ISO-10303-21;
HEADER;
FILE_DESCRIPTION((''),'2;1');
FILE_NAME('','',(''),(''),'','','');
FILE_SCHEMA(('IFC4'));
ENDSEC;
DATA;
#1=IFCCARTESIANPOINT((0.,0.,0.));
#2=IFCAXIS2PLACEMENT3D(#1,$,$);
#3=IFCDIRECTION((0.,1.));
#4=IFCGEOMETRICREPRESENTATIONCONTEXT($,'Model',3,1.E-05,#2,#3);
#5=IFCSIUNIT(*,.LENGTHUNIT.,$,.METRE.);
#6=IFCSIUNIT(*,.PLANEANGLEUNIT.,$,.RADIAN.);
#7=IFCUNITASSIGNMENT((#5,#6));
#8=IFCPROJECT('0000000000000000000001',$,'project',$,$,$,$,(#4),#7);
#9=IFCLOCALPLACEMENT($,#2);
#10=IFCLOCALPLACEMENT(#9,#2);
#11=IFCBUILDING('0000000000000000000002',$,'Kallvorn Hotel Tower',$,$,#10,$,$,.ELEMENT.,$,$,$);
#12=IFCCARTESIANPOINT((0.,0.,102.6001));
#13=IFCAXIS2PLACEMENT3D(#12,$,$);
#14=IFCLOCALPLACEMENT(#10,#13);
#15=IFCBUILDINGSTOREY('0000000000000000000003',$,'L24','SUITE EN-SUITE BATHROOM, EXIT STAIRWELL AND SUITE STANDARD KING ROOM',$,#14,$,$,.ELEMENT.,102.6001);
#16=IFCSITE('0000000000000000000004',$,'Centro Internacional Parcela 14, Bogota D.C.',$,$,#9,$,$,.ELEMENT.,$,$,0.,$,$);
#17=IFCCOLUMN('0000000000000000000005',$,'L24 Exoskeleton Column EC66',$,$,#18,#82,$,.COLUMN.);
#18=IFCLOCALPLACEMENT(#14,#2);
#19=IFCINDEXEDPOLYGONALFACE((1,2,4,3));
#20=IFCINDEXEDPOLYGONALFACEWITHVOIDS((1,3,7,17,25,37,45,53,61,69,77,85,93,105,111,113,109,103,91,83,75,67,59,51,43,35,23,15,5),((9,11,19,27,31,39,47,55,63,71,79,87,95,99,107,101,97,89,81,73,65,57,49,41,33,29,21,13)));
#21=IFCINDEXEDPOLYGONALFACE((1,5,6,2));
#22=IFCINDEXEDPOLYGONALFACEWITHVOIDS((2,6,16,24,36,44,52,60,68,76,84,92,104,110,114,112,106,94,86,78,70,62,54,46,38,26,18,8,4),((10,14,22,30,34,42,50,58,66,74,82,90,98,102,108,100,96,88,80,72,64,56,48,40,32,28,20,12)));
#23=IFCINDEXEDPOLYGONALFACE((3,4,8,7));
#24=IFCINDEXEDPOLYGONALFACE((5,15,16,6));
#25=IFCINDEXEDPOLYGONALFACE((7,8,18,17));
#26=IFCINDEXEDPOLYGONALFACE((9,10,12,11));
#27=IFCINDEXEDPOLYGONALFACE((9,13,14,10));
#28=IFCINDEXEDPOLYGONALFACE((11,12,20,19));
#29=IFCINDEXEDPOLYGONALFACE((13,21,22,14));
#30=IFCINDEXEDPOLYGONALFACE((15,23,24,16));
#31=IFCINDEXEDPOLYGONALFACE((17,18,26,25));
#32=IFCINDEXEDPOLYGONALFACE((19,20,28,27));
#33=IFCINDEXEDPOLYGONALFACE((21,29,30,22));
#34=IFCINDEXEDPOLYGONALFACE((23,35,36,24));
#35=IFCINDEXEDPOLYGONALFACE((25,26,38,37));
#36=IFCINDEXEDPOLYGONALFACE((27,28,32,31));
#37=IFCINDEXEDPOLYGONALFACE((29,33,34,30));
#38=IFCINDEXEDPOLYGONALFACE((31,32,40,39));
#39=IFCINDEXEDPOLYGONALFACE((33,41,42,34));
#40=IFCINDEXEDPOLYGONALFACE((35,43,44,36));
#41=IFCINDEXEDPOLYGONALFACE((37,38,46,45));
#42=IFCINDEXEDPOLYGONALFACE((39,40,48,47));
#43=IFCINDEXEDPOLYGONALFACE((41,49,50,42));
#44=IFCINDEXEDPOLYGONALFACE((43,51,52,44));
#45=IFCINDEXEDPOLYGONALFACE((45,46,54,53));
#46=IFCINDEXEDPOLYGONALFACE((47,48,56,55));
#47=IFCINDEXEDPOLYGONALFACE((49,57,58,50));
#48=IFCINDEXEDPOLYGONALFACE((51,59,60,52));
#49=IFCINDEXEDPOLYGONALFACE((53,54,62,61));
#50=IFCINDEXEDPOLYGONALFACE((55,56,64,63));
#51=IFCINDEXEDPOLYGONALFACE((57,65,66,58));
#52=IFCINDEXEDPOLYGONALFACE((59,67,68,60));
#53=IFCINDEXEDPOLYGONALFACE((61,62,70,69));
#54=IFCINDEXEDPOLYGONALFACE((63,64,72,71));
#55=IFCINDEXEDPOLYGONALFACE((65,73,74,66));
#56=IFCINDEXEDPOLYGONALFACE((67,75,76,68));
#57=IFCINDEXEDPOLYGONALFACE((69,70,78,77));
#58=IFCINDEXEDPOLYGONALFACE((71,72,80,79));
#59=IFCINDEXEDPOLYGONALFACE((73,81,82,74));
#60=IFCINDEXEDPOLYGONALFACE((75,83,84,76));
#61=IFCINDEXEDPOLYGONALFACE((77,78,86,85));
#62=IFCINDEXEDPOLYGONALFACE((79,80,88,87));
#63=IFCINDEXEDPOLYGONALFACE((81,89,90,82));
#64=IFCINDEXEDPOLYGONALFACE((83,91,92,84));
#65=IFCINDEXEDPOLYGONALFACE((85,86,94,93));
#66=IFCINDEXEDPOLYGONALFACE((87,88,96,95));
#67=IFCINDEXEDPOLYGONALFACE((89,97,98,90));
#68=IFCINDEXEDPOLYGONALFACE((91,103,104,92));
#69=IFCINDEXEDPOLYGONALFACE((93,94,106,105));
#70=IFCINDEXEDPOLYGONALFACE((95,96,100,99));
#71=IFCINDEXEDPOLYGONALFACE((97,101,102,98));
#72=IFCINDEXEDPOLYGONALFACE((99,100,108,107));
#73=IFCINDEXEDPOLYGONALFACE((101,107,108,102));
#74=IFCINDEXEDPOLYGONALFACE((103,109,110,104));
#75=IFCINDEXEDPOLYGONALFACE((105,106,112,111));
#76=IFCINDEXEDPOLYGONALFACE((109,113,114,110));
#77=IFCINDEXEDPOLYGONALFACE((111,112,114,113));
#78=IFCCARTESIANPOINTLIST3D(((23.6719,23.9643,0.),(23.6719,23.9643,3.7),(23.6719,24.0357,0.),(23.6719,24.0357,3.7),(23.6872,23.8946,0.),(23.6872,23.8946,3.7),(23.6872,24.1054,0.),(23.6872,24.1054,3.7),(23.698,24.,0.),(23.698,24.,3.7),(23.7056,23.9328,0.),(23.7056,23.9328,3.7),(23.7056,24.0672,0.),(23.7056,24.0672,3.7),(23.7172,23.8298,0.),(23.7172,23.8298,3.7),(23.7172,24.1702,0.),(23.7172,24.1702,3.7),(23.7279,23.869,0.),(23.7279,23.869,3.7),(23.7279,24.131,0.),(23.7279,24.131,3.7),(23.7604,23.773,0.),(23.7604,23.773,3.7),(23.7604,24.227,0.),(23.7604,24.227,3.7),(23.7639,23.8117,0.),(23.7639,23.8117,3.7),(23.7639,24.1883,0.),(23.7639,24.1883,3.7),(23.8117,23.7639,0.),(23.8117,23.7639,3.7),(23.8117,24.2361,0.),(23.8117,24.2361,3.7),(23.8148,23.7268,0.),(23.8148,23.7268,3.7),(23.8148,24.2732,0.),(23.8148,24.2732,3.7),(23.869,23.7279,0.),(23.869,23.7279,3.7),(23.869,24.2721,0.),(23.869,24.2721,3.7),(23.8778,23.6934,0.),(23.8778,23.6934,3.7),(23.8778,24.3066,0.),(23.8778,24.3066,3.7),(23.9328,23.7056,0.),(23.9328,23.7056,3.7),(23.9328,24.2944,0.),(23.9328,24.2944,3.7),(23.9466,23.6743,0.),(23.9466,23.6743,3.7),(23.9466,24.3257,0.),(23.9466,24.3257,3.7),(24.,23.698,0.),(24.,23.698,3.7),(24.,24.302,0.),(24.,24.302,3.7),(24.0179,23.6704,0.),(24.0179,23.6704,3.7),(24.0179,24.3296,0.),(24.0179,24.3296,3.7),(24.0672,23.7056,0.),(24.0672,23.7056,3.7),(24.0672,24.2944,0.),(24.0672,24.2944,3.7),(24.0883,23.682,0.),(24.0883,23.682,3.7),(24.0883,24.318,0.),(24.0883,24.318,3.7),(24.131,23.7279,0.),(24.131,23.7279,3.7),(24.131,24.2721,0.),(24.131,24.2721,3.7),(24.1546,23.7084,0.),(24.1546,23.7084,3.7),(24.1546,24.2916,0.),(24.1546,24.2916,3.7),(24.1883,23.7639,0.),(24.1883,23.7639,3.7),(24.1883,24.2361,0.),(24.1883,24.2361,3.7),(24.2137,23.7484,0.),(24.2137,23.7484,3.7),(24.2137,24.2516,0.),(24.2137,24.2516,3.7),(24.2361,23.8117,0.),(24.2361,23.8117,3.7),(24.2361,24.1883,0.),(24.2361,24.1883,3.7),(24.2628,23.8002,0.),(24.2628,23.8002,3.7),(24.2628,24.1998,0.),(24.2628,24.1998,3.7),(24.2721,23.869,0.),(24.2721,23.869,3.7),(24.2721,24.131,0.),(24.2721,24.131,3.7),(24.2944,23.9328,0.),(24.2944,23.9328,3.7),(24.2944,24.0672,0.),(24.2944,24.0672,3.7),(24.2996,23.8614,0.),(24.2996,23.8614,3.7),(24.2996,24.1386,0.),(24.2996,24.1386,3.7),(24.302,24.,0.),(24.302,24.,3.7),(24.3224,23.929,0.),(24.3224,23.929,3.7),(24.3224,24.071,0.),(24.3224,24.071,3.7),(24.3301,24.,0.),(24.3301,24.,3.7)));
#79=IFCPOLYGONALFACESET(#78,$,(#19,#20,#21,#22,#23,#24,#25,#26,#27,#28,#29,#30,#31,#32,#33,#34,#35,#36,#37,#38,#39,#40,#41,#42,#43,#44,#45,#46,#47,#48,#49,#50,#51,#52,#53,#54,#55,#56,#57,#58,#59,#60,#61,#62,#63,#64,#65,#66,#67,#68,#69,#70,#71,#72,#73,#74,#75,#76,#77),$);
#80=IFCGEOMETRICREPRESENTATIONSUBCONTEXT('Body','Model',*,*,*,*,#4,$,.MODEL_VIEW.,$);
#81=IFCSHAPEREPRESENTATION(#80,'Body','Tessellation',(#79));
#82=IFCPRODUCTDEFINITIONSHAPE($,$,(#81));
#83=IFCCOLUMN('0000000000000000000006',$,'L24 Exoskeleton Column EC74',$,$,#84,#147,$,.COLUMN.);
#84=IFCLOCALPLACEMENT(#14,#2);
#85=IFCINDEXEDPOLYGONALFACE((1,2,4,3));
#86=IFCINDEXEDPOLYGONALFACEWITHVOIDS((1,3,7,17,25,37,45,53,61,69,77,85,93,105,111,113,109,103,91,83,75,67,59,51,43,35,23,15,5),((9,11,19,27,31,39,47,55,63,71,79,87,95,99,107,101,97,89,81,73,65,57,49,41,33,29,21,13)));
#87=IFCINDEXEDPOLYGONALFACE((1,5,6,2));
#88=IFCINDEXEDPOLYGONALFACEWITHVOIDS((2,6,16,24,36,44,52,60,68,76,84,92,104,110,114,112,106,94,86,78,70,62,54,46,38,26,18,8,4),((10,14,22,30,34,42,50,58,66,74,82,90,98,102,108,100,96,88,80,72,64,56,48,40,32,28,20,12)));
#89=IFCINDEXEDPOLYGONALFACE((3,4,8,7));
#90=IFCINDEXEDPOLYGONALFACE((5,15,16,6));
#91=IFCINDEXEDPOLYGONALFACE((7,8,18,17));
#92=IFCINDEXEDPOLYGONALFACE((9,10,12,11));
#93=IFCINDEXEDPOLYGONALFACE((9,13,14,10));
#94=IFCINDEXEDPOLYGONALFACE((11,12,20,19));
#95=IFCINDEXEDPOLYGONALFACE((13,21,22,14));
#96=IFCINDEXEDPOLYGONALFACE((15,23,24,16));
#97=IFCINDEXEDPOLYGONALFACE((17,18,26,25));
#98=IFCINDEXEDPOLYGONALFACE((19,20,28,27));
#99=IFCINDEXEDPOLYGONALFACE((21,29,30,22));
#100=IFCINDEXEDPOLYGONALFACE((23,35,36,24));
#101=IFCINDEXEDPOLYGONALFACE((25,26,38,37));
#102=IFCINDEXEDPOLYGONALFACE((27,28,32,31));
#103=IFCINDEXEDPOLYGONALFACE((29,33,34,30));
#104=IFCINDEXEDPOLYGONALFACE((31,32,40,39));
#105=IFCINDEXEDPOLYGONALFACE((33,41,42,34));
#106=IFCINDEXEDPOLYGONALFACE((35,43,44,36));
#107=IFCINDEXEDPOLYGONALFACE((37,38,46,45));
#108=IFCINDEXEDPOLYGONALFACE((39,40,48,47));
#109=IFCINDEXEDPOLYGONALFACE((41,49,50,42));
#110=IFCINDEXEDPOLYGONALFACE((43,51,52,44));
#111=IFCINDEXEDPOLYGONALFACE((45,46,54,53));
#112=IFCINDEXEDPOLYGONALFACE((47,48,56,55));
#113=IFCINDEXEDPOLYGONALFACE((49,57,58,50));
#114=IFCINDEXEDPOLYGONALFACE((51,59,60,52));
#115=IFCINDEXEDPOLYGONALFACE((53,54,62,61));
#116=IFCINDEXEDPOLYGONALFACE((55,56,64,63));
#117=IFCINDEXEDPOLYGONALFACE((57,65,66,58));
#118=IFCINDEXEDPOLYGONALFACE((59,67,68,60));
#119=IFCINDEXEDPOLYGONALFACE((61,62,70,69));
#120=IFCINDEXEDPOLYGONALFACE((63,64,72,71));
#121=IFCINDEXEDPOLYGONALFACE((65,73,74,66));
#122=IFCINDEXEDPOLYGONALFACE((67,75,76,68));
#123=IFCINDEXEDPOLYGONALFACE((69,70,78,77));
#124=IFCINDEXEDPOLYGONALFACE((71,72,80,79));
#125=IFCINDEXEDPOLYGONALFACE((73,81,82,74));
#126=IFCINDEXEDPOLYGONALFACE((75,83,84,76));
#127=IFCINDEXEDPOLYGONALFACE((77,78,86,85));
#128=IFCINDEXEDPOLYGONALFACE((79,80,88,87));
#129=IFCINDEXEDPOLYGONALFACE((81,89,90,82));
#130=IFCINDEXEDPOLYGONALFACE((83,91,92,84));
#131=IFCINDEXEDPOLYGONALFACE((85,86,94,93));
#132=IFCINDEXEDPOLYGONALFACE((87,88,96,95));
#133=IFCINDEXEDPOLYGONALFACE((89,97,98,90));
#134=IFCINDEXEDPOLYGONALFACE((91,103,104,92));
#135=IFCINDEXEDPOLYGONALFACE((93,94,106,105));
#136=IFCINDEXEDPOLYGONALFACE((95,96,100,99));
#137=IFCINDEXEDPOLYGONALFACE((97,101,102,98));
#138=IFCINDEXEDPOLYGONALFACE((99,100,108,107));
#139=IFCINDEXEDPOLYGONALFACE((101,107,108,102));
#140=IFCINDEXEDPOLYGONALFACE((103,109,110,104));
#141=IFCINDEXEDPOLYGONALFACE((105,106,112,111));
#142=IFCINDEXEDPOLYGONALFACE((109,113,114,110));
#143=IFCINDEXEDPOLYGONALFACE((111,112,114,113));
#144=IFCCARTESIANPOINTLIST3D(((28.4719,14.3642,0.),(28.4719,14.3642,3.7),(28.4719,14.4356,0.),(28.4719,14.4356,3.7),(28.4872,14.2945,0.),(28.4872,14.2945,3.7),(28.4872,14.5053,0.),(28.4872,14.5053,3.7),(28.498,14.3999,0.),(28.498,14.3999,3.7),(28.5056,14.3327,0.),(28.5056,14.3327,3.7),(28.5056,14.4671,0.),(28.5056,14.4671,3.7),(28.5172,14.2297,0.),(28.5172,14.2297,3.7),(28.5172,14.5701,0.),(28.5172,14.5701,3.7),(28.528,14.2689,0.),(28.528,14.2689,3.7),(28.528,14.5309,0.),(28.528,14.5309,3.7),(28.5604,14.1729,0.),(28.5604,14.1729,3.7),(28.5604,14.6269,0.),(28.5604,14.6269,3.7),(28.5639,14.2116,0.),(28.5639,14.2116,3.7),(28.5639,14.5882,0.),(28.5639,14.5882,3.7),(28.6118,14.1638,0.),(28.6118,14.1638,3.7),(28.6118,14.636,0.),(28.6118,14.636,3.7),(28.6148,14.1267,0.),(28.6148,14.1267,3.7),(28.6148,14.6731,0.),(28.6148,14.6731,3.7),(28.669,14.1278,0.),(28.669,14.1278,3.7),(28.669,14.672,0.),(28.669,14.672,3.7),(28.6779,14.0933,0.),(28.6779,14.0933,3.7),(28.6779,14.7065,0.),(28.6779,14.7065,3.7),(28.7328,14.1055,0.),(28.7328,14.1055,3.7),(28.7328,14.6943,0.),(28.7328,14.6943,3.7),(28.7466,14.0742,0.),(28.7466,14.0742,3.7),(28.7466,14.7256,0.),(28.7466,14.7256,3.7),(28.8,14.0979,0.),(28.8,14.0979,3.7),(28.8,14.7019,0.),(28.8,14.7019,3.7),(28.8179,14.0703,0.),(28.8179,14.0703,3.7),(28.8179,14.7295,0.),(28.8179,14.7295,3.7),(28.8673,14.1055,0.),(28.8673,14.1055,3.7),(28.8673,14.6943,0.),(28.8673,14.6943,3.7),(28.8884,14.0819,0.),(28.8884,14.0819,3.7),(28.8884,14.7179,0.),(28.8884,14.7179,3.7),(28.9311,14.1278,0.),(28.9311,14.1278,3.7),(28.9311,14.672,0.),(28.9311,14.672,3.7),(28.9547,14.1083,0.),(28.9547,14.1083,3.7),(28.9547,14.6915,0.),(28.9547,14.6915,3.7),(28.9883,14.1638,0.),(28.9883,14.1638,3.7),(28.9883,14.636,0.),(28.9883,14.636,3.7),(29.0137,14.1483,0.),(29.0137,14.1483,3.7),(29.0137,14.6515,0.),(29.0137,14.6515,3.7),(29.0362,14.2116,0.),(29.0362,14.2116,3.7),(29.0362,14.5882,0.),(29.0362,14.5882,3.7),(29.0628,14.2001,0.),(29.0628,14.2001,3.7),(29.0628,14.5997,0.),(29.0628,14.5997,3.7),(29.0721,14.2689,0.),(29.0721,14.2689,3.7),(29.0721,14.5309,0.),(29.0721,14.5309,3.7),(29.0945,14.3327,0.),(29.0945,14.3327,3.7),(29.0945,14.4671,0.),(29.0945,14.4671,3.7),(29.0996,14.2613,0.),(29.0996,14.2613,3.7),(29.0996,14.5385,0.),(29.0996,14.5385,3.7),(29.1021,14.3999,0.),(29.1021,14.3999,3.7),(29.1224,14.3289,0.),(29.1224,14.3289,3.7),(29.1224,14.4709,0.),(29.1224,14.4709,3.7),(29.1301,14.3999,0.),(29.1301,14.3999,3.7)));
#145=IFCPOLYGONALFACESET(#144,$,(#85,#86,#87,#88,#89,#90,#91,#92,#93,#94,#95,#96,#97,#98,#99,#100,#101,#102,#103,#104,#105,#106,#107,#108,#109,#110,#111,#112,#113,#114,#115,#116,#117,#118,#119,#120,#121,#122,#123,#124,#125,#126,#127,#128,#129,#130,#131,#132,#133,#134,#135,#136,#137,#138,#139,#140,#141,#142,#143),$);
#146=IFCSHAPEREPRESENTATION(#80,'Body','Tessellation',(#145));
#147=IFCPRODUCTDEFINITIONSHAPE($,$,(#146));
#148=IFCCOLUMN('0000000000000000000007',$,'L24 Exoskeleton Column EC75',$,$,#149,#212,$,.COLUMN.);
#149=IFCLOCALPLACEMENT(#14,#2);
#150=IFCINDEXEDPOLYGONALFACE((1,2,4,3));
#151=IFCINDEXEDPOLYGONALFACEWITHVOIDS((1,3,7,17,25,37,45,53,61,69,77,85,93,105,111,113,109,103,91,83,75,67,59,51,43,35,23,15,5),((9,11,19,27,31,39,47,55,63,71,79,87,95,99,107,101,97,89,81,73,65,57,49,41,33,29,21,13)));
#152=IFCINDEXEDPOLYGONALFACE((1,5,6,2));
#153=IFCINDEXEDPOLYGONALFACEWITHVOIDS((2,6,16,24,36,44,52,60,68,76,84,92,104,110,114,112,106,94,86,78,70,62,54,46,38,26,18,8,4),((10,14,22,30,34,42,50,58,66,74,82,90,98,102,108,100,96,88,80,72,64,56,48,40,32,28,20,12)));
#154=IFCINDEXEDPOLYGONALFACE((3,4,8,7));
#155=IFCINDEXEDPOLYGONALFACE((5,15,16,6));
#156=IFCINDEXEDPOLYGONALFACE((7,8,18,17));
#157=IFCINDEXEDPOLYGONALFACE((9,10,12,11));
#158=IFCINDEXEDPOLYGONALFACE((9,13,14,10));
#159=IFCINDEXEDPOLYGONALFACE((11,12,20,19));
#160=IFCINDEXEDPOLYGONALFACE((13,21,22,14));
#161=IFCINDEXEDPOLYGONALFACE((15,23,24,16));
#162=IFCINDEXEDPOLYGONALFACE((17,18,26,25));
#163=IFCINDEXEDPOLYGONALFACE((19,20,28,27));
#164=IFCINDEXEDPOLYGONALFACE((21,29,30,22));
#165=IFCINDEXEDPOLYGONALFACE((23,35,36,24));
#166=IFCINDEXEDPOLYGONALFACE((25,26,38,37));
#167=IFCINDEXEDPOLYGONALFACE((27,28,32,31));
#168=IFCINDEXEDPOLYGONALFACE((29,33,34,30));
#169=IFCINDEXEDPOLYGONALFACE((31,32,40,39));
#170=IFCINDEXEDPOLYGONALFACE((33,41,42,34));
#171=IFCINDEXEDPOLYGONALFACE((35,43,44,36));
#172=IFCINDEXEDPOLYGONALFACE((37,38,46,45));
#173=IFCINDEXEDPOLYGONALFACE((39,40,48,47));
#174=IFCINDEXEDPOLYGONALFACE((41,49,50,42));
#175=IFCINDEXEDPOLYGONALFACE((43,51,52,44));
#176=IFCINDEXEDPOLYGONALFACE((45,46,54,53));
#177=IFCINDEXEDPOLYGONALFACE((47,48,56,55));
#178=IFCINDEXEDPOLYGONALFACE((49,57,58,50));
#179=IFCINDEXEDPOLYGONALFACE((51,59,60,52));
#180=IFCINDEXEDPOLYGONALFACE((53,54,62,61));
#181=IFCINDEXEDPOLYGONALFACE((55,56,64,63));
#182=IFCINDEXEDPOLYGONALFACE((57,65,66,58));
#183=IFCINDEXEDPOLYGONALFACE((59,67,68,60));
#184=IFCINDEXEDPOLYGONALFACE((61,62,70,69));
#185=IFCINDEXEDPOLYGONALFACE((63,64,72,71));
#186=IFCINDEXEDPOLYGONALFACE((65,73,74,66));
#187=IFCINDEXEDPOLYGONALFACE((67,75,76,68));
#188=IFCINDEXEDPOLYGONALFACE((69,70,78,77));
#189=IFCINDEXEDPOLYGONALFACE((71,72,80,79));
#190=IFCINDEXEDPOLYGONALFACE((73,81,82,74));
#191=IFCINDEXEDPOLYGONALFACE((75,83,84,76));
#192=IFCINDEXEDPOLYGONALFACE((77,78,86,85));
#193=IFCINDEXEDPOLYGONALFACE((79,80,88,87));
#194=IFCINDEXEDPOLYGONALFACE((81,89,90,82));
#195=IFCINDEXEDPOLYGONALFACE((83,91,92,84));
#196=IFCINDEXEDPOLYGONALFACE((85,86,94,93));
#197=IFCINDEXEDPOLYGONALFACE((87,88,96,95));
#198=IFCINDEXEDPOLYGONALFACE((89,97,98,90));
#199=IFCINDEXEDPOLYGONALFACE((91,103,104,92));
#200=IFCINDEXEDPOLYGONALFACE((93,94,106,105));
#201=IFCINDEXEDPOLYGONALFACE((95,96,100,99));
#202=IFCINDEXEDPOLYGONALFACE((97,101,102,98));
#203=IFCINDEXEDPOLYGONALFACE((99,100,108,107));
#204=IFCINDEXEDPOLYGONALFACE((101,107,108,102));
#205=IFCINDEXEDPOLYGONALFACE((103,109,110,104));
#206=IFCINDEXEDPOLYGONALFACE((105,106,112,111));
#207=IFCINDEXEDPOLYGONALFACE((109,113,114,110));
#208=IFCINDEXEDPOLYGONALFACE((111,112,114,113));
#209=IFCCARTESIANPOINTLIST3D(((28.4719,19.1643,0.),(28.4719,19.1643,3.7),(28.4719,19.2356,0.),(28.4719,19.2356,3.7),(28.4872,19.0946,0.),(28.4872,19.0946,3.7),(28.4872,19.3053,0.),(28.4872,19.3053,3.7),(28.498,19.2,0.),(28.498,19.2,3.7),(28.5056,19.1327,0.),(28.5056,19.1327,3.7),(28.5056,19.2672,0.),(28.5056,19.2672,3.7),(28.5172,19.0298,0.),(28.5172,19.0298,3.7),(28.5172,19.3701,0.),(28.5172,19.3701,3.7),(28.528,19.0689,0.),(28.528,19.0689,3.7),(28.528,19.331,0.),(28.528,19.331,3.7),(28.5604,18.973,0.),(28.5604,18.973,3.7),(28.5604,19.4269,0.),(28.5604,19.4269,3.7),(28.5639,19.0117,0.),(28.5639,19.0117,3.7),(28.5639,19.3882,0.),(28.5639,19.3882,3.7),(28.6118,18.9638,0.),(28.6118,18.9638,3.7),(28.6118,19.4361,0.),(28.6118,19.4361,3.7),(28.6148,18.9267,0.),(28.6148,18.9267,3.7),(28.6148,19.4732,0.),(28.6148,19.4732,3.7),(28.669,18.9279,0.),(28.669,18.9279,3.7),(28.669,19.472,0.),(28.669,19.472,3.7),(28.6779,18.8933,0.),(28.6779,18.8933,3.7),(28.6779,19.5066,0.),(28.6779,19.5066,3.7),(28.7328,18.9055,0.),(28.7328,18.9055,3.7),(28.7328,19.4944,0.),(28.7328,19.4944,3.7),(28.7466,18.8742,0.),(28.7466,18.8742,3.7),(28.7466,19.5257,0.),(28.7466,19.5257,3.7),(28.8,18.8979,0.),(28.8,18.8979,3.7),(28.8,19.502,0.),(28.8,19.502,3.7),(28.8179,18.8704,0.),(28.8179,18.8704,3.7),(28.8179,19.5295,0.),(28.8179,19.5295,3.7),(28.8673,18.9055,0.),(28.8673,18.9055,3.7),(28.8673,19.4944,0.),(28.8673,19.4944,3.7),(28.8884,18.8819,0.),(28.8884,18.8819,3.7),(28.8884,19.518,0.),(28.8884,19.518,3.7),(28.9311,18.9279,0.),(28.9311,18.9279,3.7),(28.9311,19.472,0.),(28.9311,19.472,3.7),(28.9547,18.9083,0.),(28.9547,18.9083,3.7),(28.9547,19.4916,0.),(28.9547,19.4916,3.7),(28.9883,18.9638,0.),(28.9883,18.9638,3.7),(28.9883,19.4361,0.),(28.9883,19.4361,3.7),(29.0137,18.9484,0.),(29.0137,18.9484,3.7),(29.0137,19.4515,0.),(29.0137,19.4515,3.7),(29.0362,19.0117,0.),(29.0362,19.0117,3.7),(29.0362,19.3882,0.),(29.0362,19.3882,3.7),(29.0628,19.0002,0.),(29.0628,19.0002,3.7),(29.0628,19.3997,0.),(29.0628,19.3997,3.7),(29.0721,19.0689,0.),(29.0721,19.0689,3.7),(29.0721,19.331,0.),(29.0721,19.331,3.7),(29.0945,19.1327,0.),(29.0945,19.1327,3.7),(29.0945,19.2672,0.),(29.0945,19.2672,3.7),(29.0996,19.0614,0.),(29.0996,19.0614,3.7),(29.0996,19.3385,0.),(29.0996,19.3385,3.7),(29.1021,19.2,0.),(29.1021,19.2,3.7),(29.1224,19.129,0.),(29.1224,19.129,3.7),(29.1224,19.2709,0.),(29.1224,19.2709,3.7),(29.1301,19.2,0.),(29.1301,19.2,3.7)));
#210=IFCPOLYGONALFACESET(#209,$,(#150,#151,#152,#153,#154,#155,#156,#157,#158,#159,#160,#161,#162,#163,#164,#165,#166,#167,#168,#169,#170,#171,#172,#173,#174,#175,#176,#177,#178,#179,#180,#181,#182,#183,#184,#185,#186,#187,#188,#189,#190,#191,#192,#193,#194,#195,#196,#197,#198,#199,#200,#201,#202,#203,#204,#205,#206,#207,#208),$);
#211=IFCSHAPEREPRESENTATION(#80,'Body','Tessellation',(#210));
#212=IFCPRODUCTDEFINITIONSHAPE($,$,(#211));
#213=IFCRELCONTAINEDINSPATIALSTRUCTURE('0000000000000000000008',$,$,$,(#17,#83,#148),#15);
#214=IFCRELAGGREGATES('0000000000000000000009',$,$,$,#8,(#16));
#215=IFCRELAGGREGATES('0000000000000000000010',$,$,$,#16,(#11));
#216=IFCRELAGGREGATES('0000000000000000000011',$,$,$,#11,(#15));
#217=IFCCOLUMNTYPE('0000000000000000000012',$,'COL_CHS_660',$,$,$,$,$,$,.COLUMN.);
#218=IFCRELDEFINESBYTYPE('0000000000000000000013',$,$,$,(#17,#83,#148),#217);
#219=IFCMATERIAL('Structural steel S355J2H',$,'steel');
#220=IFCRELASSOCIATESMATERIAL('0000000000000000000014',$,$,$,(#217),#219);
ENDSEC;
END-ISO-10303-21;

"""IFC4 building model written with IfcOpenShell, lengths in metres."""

from ifc_helpers import new_model, si_unit, direction, frame, origin, origin_2d, place, context, subcontext, project, spatial, hollow_circle, extrude, material, material_profile, profile_set, type_object, element, save


model = new_model("IFC4")

# Units and contexts
model_context = context("Model", 3, precision=1e-05, world=origin(), true_north=direction((0.0, 1.0)))
body_context = subcontext(model_context, "Body", "Model", "MODEL_VIEW")
ifc_project = project(units=[si_unit("LENGTHUNIT", "METRE"), si_unit("PLANEANGLEUNIT", "RADIAN")], contexts=[model_context])

# Site, building, storey
site_placement = place(None, origin())
site = spatial("IfcSite", under=ifc_project, at=site_placement, Name="Centro Internacional Parcela 14, Bogota D.C.", CompositionType="ELEMENT", RefElevation=0.0)
building_placement = place(site_placement, origin())
building = spatial("IfcBuilding", under=site, at=building_placement, Name="Kallvorn Hotel Tower", CompositionType="ELEMENT")
storey_placement = place(building_placement, frame((0.0, 0.0, 102.6001)))
storey = spatial("IfcBuildingStorey", under=building, at=storey_placement, Name="L24", Description="SUITE EN-SUITE BATHROOM, EXIT STAIRWELL AND SUITE STANDARD KING ROOM", CompositionType="ELEMENT", Elevation=102.6001)

# Columns
ifc_material_1 = material(Name="Structural steel S355J2H", Category="steel")
ifc_material_profile_1 = material_profile(ifc_material_1, hollow_circle(Radius=0.3301, WallThickness=0.0281, at=origin_2d()), Name="CHS 660x28")
ifc_profile_set_1 = profile_set([ifc_material_profile_1], Name="Structural steel S355J2H")
column_type = type_object("IfcColumnType", Name="COL_CHS_660", PredefinedType="COLUMN", material=ifc_profile_set_1)
for number, where, z_axis, x_axis, name in (
    (1, (24.0, 24.0, 0.0), (0.0, 0.0, 1.0), (1.0, 0.0, 0.0), "L24 Exoskeleton Column EC66"),
    (2, (28.8, 14.3999, 0.0), (0.0, 0.0, 1.0), (1.0, 0.0, 0.0), "L24 Exoskeleton Column EC74"),
    (3, (28.8, 19.2, 0.0), (0.0, 0.0, 1.0), (1.0, 0.0, 0.0), "L24 Exoskeleton Column EC75"),
):
    element("IfcColumn", number, at=place(storey_placement, frame(where, z_axis=z_axis, x_axis=x_axis)), inside=storey, type_object=column_type, Name=name, PredefinedType="COLUMN", context=body_context, shape_type="SweptSolid", body=[
        extrude(hollow_circle(Radius=0.3301, WallThickness=0.0281, at=origin_2d()), origin(), (0.0, 0.0, 1.0), 3.7),
    ])

save(model, "model.ifc")
